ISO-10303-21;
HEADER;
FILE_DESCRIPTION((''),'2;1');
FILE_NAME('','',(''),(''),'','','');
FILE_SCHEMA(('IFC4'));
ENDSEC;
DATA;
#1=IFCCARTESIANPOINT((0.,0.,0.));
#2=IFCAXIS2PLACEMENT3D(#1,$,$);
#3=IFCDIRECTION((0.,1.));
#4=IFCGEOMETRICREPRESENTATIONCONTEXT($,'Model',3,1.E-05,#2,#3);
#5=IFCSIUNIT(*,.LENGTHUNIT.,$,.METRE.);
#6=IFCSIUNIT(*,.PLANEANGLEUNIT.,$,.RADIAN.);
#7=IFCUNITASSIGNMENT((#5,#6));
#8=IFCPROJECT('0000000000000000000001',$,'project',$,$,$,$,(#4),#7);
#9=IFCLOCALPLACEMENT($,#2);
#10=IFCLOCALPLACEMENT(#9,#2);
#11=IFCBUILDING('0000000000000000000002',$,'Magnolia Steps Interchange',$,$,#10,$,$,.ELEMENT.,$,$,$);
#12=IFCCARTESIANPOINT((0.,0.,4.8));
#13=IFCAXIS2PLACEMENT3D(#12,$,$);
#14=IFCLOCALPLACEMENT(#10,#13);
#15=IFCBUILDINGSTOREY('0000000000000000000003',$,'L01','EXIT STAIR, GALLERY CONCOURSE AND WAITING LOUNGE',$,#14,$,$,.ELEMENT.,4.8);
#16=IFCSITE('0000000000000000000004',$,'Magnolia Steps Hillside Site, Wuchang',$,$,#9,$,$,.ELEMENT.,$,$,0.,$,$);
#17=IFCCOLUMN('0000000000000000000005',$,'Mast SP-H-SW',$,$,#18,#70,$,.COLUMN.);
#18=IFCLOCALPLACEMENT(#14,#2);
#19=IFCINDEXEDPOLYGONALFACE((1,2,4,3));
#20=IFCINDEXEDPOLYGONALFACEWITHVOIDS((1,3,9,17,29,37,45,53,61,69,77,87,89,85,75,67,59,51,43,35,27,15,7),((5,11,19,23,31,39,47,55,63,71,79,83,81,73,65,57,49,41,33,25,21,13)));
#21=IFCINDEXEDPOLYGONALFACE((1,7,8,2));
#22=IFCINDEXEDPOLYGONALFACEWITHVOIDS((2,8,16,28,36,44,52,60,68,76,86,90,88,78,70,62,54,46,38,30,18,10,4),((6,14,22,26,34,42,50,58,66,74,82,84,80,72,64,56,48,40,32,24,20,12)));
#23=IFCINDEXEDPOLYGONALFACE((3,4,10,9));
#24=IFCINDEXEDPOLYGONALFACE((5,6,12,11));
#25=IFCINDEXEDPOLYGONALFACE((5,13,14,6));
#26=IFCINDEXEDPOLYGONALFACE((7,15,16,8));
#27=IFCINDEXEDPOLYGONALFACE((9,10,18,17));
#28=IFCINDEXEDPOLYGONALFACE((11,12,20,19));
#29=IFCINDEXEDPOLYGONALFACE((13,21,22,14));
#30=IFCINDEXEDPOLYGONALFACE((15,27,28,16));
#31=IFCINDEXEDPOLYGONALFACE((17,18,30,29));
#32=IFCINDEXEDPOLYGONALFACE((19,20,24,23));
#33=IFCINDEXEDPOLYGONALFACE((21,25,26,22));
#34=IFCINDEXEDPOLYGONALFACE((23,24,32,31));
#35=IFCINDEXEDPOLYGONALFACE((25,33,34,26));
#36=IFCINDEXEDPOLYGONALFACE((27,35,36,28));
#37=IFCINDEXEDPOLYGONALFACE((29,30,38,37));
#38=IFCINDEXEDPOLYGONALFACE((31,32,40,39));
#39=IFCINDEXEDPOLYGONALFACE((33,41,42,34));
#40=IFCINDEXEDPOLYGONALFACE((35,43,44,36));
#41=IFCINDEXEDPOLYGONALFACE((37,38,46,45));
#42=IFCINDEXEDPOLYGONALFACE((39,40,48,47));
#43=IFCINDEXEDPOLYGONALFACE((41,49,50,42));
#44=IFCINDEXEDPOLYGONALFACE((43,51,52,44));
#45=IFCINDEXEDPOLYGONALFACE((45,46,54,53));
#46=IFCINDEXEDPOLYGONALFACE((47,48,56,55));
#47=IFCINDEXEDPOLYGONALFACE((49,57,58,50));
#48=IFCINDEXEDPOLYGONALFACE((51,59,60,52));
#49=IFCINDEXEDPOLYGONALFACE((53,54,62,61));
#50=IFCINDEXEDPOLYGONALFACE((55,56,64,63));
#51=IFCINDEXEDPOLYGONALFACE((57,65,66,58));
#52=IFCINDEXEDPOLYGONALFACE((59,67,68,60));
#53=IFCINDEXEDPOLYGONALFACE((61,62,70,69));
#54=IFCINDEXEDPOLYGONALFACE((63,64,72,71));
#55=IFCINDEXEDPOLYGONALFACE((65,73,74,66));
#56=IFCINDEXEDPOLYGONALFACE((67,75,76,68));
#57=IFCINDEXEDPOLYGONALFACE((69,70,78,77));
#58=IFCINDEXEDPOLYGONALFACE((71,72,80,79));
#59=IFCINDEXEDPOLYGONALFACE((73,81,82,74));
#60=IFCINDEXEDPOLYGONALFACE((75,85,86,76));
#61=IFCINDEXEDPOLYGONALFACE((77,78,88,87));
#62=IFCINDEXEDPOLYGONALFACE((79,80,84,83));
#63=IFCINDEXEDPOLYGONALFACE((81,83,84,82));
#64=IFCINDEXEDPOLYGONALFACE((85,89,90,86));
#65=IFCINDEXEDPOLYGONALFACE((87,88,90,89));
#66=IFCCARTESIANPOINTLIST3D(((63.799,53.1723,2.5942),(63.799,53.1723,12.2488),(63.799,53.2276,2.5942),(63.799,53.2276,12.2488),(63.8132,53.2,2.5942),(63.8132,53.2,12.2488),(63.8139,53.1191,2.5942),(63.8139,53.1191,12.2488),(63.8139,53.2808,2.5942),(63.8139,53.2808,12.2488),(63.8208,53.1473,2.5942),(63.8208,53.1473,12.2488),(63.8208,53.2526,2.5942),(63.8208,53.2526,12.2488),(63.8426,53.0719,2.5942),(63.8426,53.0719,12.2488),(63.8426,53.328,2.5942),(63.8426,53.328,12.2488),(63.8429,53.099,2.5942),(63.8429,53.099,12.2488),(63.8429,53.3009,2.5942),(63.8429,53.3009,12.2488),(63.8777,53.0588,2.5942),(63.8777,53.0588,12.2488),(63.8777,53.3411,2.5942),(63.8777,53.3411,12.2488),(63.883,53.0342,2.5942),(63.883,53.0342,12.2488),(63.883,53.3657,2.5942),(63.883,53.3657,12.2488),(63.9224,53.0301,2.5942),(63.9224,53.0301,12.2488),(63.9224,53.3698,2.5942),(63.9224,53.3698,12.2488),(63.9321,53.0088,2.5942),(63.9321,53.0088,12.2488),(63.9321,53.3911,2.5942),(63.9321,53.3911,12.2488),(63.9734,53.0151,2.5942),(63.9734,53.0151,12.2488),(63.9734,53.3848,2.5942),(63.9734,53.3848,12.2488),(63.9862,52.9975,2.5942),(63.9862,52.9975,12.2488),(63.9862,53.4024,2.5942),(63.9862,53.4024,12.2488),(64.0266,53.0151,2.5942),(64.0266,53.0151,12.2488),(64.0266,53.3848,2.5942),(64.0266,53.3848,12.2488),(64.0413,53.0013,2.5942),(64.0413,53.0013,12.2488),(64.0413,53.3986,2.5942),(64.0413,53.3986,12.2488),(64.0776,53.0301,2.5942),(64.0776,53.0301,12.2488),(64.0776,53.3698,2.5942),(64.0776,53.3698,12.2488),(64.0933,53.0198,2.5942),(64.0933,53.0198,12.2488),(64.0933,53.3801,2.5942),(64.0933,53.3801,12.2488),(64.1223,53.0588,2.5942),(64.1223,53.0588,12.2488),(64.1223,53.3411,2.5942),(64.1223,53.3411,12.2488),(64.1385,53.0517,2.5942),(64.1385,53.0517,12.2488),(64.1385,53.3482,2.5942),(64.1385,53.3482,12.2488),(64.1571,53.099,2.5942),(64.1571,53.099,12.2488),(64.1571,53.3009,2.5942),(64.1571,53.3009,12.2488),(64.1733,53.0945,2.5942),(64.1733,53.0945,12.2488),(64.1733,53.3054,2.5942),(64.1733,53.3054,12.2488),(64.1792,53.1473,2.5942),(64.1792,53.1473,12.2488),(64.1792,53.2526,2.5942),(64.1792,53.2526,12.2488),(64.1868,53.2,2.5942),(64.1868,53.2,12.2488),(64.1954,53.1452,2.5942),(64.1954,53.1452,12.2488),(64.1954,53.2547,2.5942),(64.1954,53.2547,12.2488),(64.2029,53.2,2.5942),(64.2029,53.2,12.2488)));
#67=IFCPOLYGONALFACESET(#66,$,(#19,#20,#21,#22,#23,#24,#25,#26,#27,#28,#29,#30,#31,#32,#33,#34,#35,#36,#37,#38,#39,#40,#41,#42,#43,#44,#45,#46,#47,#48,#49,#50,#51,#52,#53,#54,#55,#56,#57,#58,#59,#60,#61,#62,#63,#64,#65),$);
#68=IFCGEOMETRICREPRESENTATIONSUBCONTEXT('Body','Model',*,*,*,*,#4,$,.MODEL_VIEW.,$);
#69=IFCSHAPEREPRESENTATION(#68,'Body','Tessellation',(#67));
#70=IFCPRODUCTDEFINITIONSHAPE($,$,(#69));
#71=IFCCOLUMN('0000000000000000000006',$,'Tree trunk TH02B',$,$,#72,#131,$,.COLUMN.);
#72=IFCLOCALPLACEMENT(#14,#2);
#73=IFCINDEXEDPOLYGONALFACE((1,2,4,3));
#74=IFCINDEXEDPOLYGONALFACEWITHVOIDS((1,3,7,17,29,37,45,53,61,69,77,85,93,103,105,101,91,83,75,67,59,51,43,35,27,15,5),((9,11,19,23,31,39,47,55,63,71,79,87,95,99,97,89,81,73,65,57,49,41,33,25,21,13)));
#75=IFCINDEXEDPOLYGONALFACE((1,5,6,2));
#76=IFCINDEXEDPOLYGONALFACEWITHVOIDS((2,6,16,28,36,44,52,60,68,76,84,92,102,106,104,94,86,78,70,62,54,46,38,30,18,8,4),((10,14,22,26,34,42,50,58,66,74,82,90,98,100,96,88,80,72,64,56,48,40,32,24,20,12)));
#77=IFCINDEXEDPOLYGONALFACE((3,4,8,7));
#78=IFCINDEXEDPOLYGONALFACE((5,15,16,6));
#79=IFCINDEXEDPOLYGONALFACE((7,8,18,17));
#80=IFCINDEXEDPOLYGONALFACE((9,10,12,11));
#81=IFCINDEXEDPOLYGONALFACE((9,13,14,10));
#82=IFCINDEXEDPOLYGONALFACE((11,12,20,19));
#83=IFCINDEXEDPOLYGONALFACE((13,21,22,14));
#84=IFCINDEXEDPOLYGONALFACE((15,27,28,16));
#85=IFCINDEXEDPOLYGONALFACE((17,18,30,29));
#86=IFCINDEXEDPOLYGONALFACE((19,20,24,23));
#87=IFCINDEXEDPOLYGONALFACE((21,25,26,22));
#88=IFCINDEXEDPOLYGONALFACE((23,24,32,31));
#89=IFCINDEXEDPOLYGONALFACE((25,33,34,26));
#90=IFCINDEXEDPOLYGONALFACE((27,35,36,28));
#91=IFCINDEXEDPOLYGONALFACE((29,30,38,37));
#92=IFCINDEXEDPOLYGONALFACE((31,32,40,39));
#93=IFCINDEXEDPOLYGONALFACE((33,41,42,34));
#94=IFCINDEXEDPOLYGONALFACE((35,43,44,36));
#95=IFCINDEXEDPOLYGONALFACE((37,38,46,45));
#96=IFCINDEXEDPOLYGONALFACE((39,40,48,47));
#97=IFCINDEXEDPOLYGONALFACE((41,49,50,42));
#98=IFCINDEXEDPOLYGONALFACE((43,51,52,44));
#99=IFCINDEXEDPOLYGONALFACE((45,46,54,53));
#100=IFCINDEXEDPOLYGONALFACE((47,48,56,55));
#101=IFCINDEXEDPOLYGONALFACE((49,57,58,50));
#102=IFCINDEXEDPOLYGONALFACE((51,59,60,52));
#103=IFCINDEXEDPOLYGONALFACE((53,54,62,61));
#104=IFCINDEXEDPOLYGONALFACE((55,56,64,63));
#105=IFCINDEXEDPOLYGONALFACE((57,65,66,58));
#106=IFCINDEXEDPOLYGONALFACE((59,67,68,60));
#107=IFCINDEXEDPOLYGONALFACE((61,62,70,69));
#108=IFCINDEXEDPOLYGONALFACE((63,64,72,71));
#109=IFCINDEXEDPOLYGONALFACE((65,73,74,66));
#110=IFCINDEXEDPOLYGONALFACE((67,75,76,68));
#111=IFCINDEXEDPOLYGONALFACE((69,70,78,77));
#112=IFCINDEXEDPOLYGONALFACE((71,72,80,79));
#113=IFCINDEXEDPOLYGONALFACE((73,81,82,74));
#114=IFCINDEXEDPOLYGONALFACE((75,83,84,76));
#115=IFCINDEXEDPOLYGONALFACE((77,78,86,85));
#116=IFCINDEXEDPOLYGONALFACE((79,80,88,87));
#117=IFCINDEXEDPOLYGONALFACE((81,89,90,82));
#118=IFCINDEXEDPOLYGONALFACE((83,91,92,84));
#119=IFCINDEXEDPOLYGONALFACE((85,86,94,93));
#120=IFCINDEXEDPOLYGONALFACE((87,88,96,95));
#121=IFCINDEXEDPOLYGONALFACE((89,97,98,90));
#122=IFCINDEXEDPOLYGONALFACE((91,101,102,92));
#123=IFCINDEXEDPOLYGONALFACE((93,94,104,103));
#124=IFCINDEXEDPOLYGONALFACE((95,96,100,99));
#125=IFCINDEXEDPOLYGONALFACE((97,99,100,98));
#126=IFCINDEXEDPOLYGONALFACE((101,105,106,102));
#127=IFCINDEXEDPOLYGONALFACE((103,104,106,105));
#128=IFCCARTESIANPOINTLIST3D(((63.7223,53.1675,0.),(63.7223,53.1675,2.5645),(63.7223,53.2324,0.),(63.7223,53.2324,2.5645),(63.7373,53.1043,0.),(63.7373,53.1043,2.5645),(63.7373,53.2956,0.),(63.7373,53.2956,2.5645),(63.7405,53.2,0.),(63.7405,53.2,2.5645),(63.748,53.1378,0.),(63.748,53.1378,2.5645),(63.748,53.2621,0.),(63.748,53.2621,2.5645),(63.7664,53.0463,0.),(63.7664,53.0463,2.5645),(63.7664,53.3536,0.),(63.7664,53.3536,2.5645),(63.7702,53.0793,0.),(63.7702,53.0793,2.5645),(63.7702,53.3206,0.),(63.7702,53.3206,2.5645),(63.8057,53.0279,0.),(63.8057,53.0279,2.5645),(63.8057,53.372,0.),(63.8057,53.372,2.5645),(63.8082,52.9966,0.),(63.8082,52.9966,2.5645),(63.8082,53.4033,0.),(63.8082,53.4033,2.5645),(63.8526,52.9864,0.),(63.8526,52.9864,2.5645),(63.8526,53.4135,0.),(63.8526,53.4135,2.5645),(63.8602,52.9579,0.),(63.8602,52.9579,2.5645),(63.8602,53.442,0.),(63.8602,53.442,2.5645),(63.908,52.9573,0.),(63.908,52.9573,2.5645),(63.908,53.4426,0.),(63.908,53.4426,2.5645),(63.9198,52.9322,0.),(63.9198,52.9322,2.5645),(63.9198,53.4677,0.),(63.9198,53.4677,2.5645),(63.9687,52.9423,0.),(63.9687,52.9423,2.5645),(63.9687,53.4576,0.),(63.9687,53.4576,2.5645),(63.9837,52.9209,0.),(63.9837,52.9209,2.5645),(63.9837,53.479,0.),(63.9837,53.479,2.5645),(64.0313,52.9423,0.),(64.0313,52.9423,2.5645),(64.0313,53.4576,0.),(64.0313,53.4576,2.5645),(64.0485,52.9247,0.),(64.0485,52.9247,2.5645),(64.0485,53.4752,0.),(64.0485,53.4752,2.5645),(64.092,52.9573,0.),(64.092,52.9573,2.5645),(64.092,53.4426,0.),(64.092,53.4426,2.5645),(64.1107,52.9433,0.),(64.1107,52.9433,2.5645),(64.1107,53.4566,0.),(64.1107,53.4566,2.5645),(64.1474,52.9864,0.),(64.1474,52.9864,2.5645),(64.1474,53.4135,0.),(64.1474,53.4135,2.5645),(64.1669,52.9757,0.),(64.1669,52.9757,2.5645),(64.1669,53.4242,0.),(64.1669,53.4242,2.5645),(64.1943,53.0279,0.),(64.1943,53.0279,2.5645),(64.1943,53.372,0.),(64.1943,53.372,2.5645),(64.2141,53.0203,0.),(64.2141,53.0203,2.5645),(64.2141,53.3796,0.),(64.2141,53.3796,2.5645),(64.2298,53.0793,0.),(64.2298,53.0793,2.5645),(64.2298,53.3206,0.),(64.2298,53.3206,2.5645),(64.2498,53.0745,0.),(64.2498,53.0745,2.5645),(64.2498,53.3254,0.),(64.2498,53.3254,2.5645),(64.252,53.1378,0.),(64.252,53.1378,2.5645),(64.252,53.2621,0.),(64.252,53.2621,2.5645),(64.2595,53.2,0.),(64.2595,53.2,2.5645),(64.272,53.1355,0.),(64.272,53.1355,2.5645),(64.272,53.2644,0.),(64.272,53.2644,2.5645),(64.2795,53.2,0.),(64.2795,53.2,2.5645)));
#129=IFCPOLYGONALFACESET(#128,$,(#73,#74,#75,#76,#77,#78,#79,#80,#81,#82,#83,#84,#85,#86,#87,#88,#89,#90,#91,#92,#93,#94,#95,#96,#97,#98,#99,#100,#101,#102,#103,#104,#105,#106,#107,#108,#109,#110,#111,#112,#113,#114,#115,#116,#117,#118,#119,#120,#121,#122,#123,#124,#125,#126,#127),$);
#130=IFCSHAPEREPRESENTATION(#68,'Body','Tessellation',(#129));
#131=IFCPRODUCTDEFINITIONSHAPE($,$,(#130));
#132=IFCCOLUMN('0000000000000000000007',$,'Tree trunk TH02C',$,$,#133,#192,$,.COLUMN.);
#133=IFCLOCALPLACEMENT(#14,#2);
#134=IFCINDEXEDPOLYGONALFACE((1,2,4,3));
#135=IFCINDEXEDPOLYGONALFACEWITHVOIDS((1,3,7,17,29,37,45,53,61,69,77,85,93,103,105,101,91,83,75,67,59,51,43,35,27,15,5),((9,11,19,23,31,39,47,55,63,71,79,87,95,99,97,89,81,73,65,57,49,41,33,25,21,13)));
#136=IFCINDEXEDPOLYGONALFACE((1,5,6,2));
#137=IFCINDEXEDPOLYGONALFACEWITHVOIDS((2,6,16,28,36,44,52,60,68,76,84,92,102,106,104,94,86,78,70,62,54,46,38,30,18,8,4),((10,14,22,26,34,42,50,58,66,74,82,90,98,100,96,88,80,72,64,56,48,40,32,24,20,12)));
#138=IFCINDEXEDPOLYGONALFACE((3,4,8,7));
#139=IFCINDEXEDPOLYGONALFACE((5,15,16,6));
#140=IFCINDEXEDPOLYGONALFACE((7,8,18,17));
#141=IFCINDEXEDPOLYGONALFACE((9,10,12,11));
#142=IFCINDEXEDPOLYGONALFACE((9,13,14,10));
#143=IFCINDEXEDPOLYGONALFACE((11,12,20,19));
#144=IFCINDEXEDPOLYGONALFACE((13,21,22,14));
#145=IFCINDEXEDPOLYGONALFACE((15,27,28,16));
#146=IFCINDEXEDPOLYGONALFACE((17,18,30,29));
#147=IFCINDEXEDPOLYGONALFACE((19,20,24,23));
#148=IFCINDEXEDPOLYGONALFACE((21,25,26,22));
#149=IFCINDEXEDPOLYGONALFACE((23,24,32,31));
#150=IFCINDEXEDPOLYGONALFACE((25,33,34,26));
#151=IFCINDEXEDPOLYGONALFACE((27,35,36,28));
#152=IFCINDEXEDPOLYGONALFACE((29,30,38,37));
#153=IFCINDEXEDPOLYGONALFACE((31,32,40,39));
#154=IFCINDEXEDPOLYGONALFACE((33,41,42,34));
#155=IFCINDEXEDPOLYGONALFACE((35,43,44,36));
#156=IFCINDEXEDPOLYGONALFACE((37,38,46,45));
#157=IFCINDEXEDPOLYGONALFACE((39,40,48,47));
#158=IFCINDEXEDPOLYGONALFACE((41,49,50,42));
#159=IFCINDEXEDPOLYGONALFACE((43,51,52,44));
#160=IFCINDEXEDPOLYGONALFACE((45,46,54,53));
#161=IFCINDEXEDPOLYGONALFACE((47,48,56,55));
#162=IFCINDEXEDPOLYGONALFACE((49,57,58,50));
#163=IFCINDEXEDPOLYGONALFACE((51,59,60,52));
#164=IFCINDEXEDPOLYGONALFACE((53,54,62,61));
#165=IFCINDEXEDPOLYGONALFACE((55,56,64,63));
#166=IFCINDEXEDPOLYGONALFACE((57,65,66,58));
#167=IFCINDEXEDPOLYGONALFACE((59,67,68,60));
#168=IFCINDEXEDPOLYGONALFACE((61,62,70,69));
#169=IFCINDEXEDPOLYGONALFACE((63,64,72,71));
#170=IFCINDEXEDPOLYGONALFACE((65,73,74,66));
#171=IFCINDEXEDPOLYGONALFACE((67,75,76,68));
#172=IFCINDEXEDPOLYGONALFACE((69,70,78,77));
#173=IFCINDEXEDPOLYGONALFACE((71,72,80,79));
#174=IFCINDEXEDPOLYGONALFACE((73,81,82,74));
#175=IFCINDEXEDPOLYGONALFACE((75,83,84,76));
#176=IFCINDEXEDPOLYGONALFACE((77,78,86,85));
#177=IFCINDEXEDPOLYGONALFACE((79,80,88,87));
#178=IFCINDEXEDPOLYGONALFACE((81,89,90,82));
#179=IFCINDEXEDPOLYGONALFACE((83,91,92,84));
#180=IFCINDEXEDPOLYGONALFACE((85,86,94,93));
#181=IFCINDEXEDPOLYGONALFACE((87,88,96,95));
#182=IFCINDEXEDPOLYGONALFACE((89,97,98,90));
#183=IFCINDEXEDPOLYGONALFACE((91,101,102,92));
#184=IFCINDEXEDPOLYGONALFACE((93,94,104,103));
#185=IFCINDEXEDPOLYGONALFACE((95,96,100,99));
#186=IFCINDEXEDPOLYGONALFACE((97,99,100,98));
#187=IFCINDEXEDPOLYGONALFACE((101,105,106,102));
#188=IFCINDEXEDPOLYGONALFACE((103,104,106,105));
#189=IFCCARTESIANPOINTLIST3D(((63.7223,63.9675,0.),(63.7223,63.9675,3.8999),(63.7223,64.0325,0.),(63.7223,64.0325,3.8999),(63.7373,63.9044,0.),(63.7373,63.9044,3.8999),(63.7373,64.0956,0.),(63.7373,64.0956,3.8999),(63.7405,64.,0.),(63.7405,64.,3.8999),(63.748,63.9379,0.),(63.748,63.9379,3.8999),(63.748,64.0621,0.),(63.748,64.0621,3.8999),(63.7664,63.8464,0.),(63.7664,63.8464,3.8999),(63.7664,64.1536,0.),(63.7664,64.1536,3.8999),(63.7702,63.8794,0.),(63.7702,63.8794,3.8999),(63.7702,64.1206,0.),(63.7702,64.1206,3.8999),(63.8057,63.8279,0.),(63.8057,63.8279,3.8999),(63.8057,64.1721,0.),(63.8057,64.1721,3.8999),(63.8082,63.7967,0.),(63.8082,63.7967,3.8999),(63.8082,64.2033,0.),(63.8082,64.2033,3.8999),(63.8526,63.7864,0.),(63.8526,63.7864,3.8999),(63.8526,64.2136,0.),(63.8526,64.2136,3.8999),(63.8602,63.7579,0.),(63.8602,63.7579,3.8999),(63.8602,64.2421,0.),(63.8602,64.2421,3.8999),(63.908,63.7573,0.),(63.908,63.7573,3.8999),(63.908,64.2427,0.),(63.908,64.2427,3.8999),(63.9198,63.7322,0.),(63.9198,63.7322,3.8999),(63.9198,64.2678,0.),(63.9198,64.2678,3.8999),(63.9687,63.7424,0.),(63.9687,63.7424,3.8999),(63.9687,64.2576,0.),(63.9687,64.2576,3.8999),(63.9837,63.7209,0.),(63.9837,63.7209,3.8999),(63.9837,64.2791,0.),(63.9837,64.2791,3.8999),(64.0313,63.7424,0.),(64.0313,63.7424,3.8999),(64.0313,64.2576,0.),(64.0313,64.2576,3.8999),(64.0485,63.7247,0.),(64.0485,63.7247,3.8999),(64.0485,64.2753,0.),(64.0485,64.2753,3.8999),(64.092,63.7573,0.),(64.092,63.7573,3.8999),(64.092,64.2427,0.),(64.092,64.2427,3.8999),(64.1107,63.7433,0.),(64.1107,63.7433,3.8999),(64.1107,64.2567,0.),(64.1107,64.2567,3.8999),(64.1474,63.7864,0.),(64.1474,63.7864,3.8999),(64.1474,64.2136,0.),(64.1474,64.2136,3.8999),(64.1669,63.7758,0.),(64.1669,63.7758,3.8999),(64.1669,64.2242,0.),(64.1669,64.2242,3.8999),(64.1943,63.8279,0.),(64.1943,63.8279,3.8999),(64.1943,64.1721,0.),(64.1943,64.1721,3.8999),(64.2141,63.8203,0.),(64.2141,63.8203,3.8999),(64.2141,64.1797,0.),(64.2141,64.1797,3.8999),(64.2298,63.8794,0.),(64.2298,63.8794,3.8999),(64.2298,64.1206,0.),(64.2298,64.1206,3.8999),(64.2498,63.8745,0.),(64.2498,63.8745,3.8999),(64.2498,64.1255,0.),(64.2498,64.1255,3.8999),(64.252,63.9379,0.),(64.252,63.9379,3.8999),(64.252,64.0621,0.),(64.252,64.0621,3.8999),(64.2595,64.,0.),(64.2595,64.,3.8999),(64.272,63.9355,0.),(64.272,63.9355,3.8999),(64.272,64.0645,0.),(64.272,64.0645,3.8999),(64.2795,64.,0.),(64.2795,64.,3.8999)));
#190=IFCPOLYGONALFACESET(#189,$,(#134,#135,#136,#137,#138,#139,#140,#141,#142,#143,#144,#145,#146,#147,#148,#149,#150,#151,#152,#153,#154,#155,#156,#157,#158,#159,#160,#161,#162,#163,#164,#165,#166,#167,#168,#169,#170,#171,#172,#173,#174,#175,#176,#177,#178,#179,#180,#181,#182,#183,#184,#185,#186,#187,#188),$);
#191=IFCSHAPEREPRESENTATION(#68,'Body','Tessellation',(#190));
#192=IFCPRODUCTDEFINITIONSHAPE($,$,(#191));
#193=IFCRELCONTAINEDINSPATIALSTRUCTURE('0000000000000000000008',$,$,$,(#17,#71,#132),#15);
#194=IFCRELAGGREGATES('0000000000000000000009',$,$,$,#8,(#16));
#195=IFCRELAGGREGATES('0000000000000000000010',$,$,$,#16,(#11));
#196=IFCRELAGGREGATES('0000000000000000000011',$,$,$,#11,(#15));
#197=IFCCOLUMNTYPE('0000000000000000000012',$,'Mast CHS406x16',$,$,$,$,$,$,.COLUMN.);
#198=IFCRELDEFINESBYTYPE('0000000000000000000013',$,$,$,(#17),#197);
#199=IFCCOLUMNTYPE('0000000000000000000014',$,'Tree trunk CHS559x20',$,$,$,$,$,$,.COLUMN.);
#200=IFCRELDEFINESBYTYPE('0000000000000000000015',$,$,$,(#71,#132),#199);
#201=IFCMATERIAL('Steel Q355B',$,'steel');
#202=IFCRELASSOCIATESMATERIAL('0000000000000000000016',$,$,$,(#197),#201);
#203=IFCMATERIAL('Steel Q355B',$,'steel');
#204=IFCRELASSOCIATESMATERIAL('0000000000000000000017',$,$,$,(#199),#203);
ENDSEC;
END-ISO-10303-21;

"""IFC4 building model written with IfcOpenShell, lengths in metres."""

from ifc_helpers import new_model, si_unit, direction, frame, origin, origin_2d, place, context, subcontext, project, spatial, hollow_circle, extrude, material, material_profile, profile_set, type_object, element, save


model = new_model("IFC4")

# Units and contexts
model_context = context("Model", 3, precision=1e-05, world=origin(), true_north=direction((0.0, 1.0)))
body_context = subcontext(model_context, "Body", "Model", "MODEL_VIEW")
ifc_project = project(units=[si_unit("LENGTHUNIT", "METRE"), si_unit("PLANEANGLEUNIT", "RADIAN")], contexts=[model_context])

# Site, building, storey
site_placement = place(None, origin())
site = spatial("IfcSite", under=ifc_project, at=site_placement, Name="Magnolia Steps Hillside Site, Wuchang", CompositionType="ELEMENT", RefElevation=0.0)
building_placement = place(site_placement, origin())
building = spatial("IfcBuilding", under=site, at=building_placement, Name="Magnolia Steps Interchange", CompositionType="ELEMENT")
storey_placement = place(building_placement, frame((0.0, 0.0, 4.8)))
storey = spatial("IfcBuildingStorey", under=building, at=storey_placement, Name="L01", Description="EXIT STAIR, GALLERY CONCOURSE AND WAITING LOUNGE", CompositionType="ELEMENT", Elevation=4.8)

# Columns
ifc_material_1 = material(Name="Steel Q355B", Category="steel")
ifc_material_profile_1 = material_profile(ifc_material_1, hollow_circle(Radius=0.2029, WallThickness=0.0161, at=origin_2d()), Name="CHS406x16")
ifc_profile_set_1 = profile_set([ifc_material_profile_1], Name="Steel Q355B")
column_type_1 = type_object("IfcColumnType", Name="Mast CHS406x16", PredefinedType="COLUMN", material=ifc_profile_set_1)
column_1_placement = place(storey_placement, frame((64.0, 53.2, 2.5942), z_axis=(0.0, 0.0, 1.0), x_axis=(1.0, 0.0, 0.0)))
element("IfcColumn", 1, at=column_1_placement, inside=storey, type_object=column_type_1, Name="Mast SP-H-SW", PredefinedType="COLUMN", context=body_context, shape_type="SweptSolid", body=[
    extrude(hollow_circle(Radius=0.2029, WallThickness=0.0161, at=origin_2d()), origin(), (0.0, 0.0, 1.0), 9.6545),
])
ifc_material_2 = material(Name="Steel Q355B", Category="steel")
ifc_material_profile_2 = material_profile(ifc_material_2, hollow_circle(Radius=0.2795, WallThickness=0.02, at=origin_2d()), Name="CHS559x20")
ifc_profile_set_2 = profile_set([ifc_material_profile_2], Name="Steel Q355B")
column_type_2 = type_object("IfcColumnType", Name="Tree trunk CHS559x20", PredefinedType="COLUMN", material=ifc_profile_set_2)
column_2_placement = place(storey_placement, frame((64.0, 53.2, 0.0), z_axis=(0.0, 0.0, 1.0), x_axis=(1.0, 0.0, 0.0)))
element("IfcColumn", 2, at=column_2_placement, inside=storey, type_object=column_type_2, Name="Tree trunk TH02B", PredefinedType="COLUMN", context=body_context, shape_type="SweptSolid", body=[
    extrude(hollow_circle(Radius=0.2795, WallThickness=0.02, at=origin_2d()), origin(), (0.0, 0.0, 1.0), 2.5645),
])
column_3_placement = place(storey_placement, frame((64.0, 64.0, 0.0), z_axis=(0.0, 0.0, 1.0), x_axis=(1.0, 0.0, 0.0)))
element("IfcColumn", 3, at=column_3_placement, inside=storey, type_object=column_type_2, Name="Tree trunk TH02C", PredefinedType="COLUMN", context=body_context, shape_type="SweptSolid", body=[
    extrude(hollow_circle(Radius=0.2795, WallThickness=0.02, at=origin_2d()), origin(), (0.0, 0.0, 1.0), 3.8999),
])

save(model, "model.ifc")
